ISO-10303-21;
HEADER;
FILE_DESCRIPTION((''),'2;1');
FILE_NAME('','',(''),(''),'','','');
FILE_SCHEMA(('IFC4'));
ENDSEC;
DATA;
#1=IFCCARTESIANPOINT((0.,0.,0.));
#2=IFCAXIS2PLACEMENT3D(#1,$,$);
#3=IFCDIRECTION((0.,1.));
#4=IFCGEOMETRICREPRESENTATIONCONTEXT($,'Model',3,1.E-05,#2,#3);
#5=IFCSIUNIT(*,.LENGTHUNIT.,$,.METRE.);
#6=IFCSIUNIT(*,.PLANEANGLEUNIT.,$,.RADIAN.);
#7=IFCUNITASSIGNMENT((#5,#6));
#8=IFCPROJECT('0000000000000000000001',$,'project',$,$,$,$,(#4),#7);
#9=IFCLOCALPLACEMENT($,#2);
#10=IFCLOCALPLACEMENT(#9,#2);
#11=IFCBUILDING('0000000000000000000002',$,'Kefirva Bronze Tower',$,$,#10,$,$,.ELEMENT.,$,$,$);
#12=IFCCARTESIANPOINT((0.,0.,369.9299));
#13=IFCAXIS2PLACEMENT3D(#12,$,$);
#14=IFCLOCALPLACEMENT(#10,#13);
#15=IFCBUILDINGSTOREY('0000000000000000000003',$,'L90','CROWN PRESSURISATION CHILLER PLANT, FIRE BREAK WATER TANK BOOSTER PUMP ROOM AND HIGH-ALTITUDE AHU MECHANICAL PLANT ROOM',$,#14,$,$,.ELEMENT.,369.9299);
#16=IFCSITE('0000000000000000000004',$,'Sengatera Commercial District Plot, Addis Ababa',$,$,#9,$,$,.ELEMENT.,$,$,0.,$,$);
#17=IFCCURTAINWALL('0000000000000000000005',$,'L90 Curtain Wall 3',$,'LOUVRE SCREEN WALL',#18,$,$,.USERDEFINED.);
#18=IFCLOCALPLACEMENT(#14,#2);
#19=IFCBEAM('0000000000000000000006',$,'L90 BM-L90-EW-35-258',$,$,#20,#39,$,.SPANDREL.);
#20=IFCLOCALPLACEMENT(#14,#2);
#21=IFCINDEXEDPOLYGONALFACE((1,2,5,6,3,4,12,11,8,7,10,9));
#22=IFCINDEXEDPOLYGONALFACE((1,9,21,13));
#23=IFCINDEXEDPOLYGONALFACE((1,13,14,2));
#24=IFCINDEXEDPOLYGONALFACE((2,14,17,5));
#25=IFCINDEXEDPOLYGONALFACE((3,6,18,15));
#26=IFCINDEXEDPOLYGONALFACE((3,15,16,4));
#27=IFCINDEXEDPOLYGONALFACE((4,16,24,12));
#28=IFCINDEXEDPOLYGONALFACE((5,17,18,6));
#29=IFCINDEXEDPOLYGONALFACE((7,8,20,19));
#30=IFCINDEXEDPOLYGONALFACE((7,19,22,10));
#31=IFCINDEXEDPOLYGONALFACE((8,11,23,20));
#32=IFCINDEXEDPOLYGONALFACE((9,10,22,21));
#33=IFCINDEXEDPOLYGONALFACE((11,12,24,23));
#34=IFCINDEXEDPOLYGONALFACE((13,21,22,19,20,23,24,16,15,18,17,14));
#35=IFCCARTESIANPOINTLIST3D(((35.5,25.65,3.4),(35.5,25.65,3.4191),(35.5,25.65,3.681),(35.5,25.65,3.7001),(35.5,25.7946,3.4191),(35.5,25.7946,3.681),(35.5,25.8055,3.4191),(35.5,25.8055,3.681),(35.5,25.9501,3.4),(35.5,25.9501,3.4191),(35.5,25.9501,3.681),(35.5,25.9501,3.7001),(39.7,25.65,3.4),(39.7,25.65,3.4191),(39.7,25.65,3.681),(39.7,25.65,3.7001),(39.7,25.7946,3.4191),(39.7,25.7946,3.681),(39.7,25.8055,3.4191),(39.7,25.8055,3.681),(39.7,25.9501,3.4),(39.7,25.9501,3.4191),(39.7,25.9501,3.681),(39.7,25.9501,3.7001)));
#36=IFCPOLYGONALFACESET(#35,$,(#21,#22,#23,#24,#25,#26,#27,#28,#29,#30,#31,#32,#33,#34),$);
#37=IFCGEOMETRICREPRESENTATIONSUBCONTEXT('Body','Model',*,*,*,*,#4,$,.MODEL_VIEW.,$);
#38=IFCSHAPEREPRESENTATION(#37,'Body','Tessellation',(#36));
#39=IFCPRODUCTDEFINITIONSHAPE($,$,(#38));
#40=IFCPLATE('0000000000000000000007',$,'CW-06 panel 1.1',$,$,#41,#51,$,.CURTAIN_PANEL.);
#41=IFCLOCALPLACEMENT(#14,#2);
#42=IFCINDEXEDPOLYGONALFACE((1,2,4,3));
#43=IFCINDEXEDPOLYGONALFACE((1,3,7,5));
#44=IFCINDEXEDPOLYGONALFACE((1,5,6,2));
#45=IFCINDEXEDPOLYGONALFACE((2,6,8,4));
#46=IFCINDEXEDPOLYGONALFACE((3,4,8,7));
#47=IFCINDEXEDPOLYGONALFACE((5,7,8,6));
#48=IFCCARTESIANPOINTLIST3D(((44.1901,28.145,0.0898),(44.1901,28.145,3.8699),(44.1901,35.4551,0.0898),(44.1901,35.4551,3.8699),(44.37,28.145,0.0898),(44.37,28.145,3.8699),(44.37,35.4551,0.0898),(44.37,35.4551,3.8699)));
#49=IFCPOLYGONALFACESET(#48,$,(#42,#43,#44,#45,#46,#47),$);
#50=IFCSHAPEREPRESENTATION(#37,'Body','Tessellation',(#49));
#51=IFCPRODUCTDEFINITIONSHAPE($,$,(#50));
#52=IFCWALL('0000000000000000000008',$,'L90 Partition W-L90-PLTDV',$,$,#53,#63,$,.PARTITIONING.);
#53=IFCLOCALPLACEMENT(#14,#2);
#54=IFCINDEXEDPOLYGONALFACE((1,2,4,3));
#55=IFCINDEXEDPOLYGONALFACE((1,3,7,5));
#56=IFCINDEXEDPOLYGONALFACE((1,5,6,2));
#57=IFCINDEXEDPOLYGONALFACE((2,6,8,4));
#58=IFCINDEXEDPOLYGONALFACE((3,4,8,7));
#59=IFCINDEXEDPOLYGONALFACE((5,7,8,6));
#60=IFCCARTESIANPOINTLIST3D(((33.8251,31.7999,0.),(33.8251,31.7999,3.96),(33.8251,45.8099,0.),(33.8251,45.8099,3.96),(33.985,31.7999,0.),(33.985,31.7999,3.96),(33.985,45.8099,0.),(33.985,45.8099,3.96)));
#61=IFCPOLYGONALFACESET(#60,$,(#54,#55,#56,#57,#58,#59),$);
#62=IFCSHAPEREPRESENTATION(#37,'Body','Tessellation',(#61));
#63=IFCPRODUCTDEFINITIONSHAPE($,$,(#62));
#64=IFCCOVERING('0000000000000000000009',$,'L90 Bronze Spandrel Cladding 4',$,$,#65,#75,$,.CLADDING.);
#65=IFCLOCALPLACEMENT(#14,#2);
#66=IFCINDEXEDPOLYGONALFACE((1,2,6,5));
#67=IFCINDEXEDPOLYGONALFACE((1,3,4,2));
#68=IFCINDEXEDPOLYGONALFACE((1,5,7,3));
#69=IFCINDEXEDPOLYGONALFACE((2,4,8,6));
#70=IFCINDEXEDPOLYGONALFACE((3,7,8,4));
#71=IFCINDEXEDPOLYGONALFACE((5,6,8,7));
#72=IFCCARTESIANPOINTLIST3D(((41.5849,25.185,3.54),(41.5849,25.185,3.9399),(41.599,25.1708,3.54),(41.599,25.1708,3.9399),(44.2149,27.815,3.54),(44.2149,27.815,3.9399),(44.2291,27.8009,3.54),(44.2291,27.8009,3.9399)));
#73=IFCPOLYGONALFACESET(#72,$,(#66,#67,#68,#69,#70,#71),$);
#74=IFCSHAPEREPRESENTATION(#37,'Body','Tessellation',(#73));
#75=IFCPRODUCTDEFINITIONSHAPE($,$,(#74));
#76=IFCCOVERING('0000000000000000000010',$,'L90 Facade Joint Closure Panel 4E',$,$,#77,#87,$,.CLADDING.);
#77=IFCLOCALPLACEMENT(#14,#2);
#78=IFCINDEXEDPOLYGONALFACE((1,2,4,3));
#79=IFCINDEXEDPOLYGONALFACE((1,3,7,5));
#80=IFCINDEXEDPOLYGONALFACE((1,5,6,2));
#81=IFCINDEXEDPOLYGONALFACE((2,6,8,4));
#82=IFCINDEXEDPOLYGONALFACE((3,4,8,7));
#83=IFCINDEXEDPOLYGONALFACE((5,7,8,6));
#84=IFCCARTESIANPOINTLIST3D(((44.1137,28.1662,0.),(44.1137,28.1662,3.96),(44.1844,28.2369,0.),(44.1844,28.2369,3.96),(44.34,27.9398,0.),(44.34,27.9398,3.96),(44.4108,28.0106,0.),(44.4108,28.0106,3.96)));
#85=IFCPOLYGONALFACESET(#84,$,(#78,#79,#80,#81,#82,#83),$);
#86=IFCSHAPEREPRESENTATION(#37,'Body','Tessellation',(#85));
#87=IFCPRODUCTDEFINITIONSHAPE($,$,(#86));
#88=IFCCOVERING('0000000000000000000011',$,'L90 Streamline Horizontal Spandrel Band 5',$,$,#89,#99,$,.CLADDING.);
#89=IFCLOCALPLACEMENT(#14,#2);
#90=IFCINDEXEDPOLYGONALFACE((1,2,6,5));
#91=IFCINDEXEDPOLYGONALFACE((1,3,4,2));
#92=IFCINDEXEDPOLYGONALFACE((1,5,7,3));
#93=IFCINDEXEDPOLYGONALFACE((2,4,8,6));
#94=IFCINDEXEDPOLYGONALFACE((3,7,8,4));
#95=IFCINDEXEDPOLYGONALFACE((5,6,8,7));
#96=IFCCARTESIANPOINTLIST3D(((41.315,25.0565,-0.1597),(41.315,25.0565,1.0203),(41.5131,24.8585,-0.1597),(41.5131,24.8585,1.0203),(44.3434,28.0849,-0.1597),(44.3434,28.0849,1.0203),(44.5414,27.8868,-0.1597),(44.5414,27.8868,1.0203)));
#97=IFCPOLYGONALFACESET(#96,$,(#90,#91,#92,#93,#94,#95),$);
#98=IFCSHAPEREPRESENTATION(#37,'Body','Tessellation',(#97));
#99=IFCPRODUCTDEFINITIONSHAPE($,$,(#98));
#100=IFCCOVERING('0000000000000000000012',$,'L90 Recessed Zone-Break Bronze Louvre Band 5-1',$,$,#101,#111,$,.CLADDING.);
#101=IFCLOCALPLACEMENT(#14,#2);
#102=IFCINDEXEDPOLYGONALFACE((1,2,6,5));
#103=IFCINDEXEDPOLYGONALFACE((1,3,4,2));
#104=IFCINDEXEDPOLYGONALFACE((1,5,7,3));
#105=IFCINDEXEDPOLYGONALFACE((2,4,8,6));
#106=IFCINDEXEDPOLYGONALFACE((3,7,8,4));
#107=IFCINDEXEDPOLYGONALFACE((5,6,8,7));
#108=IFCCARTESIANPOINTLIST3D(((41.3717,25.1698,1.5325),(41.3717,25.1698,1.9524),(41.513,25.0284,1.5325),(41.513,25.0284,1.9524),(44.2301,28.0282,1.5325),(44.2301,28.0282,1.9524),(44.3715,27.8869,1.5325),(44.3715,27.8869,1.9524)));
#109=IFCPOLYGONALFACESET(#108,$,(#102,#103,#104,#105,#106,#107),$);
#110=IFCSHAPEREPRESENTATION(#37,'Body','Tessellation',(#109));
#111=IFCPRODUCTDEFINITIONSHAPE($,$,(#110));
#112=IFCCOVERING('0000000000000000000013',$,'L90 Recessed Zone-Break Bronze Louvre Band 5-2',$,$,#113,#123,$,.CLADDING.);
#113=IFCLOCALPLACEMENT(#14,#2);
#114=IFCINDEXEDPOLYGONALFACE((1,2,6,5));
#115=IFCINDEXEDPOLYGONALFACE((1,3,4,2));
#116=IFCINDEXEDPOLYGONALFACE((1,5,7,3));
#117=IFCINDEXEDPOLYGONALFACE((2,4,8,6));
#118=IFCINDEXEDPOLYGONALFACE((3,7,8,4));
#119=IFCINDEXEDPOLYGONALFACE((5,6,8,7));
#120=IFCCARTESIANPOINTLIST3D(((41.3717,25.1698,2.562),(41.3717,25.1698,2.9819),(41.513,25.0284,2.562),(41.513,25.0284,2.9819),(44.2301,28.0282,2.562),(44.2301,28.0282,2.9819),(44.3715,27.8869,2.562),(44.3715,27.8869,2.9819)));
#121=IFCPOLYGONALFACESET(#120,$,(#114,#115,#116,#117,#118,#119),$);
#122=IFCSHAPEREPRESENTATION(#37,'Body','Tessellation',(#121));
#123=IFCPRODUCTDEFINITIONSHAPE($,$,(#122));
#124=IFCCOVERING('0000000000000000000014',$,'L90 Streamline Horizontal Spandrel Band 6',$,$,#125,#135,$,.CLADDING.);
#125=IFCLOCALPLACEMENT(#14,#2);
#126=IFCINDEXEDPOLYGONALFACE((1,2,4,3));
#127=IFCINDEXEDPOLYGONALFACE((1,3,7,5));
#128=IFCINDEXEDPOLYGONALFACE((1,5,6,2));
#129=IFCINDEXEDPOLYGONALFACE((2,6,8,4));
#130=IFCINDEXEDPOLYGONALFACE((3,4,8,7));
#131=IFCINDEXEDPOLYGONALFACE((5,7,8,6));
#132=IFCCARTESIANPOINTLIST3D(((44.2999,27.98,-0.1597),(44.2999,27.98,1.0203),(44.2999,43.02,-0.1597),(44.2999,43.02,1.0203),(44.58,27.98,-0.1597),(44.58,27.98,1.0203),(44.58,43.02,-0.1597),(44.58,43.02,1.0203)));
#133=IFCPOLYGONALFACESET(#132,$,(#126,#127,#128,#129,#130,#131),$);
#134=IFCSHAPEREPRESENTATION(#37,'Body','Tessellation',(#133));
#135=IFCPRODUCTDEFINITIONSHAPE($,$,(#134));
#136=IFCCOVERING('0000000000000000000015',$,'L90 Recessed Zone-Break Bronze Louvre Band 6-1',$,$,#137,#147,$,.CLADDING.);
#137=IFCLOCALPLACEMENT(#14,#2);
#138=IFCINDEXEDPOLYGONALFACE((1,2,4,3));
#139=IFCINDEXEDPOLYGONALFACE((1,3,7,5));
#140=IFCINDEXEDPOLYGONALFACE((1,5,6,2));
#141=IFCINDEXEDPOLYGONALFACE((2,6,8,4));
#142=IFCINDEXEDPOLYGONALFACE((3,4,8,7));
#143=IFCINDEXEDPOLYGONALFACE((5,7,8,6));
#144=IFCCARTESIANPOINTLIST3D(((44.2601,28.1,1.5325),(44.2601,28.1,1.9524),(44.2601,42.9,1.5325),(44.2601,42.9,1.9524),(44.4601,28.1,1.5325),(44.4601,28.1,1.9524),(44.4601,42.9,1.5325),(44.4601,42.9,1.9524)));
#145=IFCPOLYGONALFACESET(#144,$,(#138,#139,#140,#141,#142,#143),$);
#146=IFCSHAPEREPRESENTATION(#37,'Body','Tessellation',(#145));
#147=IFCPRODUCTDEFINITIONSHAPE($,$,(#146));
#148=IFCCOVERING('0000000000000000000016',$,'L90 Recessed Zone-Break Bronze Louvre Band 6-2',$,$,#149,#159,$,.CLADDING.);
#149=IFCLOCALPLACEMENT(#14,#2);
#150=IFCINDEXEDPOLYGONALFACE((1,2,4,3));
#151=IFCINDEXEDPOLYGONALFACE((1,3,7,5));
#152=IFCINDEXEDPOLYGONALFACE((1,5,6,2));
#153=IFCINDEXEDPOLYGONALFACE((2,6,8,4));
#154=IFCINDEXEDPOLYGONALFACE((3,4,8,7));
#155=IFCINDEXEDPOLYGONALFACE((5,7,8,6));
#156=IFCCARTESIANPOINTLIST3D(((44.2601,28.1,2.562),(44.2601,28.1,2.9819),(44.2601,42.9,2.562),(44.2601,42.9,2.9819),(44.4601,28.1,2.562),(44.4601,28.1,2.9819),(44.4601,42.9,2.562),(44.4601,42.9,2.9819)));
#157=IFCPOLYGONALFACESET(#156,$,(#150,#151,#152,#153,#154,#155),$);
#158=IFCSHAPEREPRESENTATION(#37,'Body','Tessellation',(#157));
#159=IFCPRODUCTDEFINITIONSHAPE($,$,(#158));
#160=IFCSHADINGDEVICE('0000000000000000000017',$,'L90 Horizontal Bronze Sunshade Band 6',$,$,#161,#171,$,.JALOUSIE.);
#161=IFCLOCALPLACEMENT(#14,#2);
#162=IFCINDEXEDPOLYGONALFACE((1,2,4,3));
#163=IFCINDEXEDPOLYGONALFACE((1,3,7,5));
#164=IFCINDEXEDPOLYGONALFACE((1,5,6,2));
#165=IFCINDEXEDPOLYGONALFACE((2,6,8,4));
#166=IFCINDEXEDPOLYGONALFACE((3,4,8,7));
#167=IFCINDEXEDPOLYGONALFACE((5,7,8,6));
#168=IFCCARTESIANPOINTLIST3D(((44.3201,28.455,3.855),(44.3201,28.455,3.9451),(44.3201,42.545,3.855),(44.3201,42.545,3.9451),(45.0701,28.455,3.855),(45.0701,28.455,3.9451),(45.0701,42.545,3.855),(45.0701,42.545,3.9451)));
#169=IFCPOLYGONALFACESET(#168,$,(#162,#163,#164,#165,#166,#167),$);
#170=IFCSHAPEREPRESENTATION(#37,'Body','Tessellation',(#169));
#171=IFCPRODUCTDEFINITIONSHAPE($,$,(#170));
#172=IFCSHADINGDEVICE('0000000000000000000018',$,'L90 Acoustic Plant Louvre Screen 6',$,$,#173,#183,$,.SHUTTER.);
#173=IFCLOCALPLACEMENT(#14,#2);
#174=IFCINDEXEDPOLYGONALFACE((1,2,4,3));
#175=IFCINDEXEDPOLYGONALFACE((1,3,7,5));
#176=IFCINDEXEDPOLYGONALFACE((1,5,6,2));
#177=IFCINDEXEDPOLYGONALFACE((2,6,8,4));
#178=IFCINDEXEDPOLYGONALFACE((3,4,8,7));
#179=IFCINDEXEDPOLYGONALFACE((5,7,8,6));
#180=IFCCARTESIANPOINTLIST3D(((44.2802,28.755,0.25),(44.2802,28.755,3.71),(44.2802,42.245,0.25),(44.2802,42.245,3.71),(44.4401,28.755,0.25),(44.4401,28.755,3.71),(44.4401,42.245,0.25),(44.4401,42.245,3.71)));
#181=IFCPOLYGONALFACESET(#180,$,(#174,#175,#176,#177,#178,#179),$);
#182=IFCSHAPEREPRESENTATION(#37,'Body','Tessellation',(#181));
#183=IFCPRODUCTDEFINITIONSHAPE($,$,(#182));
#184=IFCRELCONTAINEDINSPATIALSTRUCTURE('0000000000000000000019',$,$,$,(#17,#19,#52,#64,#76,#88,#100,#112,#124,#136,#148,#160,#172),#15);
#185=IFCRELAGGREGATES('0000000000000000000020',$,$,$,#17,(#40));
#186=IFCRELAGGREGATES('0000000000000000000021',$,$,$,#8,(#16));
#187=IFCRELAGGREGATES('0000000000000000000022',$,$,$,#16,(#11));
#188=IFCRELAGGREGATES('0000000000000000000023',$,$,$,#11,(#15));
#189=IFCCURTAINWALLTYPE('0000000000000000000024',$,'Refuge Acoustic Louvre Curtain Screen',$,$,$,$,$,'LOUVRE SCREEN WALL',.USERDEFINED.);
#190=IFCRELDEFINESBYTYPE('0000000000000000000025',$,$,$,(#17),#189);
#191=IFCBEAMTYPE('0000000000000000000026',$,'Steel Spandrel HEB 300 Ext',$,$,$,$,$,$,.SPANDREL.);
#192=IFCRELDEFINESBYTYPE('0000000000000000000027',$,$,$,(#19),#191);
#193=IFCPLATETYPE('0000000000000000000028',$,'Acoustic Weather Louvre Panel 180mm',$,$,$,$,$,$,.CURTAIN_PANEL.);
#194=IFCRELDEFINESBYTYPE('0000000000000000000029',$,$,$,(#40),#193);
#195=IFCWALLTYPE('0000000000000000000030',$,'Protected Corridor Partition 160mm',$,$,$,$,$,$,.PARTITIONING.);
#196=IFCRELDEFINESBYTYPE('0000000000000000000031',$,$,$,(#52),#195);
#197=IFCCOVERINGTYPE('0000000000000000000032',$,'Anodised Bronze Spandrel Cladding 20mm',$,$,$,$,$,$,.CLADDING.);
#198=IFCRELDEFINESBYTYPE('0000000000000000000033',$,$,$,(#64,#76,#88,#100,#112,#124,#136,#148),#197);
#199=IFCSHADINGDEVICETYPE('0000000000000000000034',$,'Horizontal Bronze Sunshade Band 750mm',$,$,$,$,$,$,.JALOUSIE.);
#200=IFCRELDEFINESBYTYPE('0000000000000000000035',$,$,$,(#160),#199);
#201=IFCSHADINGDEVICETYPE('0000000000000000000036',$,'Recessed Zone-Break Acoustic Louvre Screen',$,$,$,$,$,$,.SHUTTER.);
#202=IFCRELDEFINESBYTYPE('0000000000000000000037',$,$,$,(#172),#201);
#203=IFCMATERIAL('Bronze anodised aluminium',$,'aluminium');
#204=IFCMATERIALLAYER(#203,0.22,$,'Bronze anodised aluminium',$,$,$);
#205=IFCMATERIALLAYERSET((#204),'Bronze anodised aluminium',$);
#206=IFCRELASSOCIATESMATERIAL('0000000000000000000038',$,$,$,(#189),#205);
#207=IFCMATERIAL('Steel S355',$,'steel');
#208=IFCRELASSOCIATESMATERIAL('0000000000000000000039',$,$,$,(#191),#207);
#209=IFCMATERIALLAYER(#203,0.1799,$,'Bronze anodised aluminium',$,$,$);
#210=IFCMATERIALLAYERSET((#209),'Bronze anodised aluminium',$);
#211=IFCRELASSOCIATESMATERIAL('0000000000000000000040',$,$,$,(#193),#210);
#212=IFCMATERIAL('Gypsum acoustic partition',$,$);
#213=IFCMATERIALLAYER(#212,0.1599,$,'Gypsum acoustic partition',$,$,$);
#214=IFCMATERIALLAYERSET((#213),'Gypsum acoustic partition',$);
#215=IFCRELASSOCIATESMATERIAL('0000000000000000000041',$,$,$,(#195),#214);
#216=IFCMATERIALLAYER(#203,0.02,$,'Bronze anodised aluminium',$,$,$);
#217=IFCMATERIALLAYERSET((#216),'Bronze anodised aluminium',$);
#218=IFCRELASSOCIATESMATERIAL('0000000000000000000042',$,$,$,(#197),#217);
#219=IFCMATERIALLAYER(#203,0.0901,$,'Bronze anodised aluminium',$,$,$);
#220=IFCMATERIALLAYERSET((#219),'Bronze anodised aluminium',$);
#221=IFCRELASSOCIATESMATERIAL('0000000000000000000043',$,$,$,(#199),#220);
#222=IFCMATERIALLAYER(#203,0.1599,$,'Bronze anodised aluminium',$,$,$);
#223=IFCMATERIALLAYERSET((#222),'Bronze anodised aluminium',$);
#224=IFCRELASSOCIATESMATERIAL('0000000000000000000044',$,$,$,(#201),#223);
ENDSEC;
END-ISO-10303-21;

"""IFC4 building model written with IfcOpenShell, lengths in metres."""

from ifc_helpers import new_model, si_unit, direction, frame, frame_2d, origin, origin_2d, place, context, subcontext, project, spatial, rectangle, i_section, extrude, material, layer, layer_set, material_profile, profile_set, type_object, element, aggregate, save


model = new_model("IFC4")

# Units and contexts
model_context = context("Model", 3, precision=1e-05, world=origin(), true_north=direction((0.0, 1.0)))
body_context = subcontext(model_context, "Body", "Model", "MODEL_VIEW")
ifc_project = project(units=[si_unit("LENGTHUNIT", "METRE"), si_unit("PLANEANGLEUNIT", "RADIAN")], contexts=[model_context])

# Site, building, storey
site_placement = place(None, origin())
site = spatial("IfcSite", under=ifc_project, at=site_placement, Name="Sengatera Commercial District Plot, Addis Ababa", CompositionType="ELEMENT", RefElevation=0.0)
building_placement = place(site_placement, origin())
building = spatial("IfcBuilding", under=site, at=building_placement, Name="Kefirva Bronze Tower", CompositionType="ELEMENT")
storey_placement = place(building_placement, frame((0.0, 0.0, 369.9299)))
storey = spatial("IfcBuildingStorey", under=building, at=storey_placement, Name="L90", Description="CROWN PRESSURISATION CHILLER PLANT, FIRE BREAK WATER TANK BOOSTER PUMP ROOM AND HIGH-ALTITUDE AHU MECHANICAL PLANT ROOM", CompositionType="ELEMENT", Elevation=369.9299)

# Curtain wall
ifc_material_1 = material(Name="Bronze anodised aluminium", Category="aluminium")
ifc_layer_1 = layer(ifc_material_1, 0.22, Name="Bronze anodised aluminium")
ifc_layer_set_1 = layer_set([ifc_layer_1], Name="Bronze anodised aluminium")
curtain_wall_type = type_object("IfcCurtainWallType", Name="Refuge Acoustic Louvre Curtain Screen", ElementType="LOUVRE SCREEN WALL", PredefinedType="USERDEFINED", material=ifc_layer_set_1)
curtain_wall_placement = place(storey_placement, origin())
curtain_wall = element("IfcCurtainWall", 1, at=curtain_wall_placement, inside=storey, type_object=curtain_wall_type, Name="L90 Curtain Wall 3", ObjectType="LOUVRE SCREEN WALL", PredefinedType="USERDEFINED")

# Beam
ifc_material_2 = material(Name="Steel S355", Category="steel")
ifc_material_profile_1 = material_profile(ifc_material_2, i_section(OverallWidth=0.3, OverallDepth=0.3, WebThickness=0.011, FlangeThickness=0.019, at=origin_2d()), Name="HEB 300")
ifc_profile_set_1 = profile_set([ifc_material_profile_1], Name="Steel S355")
beam_type_1 = type_object("IfcBeamType", Name="Steel Spandrel HEB 300 Ext", PredefinedType="SPANDREL", material=ifc_profile_set_1)
beam_1_placement = place(storey_placement, frame((35.5, 25.8, 3.55), z_axis=(1.0, 0.0, 0.0), x_axis=(0.0, 1.0, 0.0)))
element("IfcBeam", 2, at=beam_1_placement, inside=storey, type_object=beam_type_1, Name="L90 BM-L90-EW-35-258", PredefinedType="SPANDREL", context=body_context, shape_type="SweptSolid", body=[
    extrude(i_section(OverallWidth=0.3, OverallDepth=0.3, WebThickness=0.011, FlangeThickness=0.019, at=origin_2d()), origin(), (0.0, 0.0, 1.0), 4.2),
])

# Plate
ifc_layer_2 = layer(ifc_material_1, 0.1799, Name="Bronze anodised aluminium")
ifc_layer_set_2 = layer_set([ifc_layer_2], Name="Bronze anodised aluminium")
plate_type = type_object("IfcPlateType", Name="Acoustic Weather Louvre Panel 180mm", PredefinedType="CURTAIN_PANEL", material=ifc_layer_set_2)
plate_placement = place(storey_placement, frame((44.28, 31.8, 0.0898), z_axis=(0.0, 0.0, 1.0), x_axis=(0.0, 1.0, 0.0)))
plate = element("IfcPlate", 3, at=plate_placement, type_object=plate_type, Name="CW-06 panel 1.1", PredefinedType="CURTAIN_PANEL", context=body_context, shape_type="SweptSolid", body=[
    extrude(rectangle(XDim=7.3101, YDim=0.1799, at=origin_2d()), origin(), (0.0, 0.0, 1.0), 3.78),
])
aggregate(curtain_wall, [plate])

# Wall
ifc_material_3 = material(Name="Gypsum acoustic partition")
ifc_layer_3 = layer(ifc_material_3, 0.1599, Name="Gypsum acoustic partition")
ifc_layer_set_3 = layer_set([ifc_layer_3], Name="Gypsum acoustic partition")
wall_type = type_object("IfcWallType", Name="Protected Corridor Partition 160mm", PredefinedType="PARTITIONING", material=ifc_layer_set_3)
wall_placement = place(storey_placement, frame((33.905, 31.8, 0.0), z_axis=(0.0, 0.0, 1.0), x_axis=(0.0, 1.0, 0.0)))
element("IfcWall", 4, at=wall_placement, inside=storey, type_object=wall_type, Name="L90 Partition W-L90-PLTDV", PredefinedType="PARTITIONING", context=body_context, shape_type="SweptSolid", body=[
    extrude(rectangle(XDim=14.01, YDim=0.1599, at=frame_2d((7.0049, 0.0))), origin(), (0.0, 0.0, 1.0), 3.96),
])

# Coverings
ifc_layer_4 = layer(ifc_material_1, 0.02, Name="Bronze anodised aluminium")
ifc_layer_set_4 = layer_set([ifc_layer_4], Name="Bronze anodised aluminium")
covering_type_1 = type_object("IfcCoveringType", Name="Anodised Bronze Spandrel Cladding 20mm", PredefinedType="CLADDING", material=ifc_layer_set_4)
covering_1_placement = place(storey_placement, frame((42.907, 26.4929, 3.54), z_axis=(0.0, 0.0, 1.0), x_axis=(0.707107, 0.707107, 0.0)))
element("IfcCovering", 5, at=covering_1_placement, inside=storey, type_object=covering_type_1, Name="L90 Bronze Spandrel Cladding 4", PredefinedType="CLADDING", context=body_context, shape_type="SweptSolid", body=[
    extrude(rectangle(XDim=3.7195, YDim=0.02, at=origin_2d()), origin(), (0.0, 0.0, 1.0), 0.3999),
])
covering_2_placement = place(storey_placement, frame((44.2622, 28.0884, 0.0), z_axis=(0.0, 0.0, 1.0), x_axis=(0.707107, 0.707107, 0.0)))
element("IfcCovering", 6, at=covering_2_placement, inside=storey, type_object=covering_type_1, Name="L90 Facade Joint Closure Panel 4E", PredefinedType="CLADDING", context=body_context, shape_type="SweptSolid", body=[
    extrude(rectangle(XDim=0.1001, YDim=0.3201, at=origin_2d()), origin(), (0.0, 0.0, 1.0), 3.96),
])
covering_3_placement = place(storey_placement, frame((42.9282, 26.4717, -0.1597), z_axis=(0.0, 0.0, 1.0), x_axis=(0.707107, 0.707107, 0.0)))
element("IfcCovering", 7, at=covering_3_placement, inside=storey, type_object=covering_type_1, Name="L90 Streamline Horizontal Spandrel Band 5", PredefinedType="CLADDING", context=body_context, shape_type="SweptSolid", body=[
    extrude(rectangle(XDim=4.2827, YDim=0.28, at=origin_2d()), origin(), (0.0, 0.0, 1.0), 1.1799),
])
for number, where, z_axis, x_axis, name in (
    (8, (42.8716, 26.5283, 1.5325), (0.0, 0.0, 1.0), (0.707107, 0.707107, 0.0), "L90 Recessed Zone-Break Bronze Louvre Band 5-1"),
    (9, (42.8716, 26.5283, 2.562), (0.0, 0.0, 1.0), (0.707107, 0.707107, 0.0), "L90 Recessed Zone-Break Bronze Louvre Band 5-2"),
):
    element("IfcCovering", number, at=place(storey_placement, frame(where, z_axis=z_axis, x_axis=x_axis)), inside=storey, type_object=covering_type_1, Name=name, PredefinedType="CLADDING", context=body_context, shape_type="SweptSolid", body=[
        extrude(rectangle(XDim=4.0425, YDim=0.2, at=origin_2d()), origin(), (0.0, 0.0, 1.0), 0.4199),
    ])
covering_4_placement = place(storey_placement, frame((44.4399, 35.5, -0.1597), z_axis=(0.0, 0.0, 1.0), x_axis=(0.0, 1.0, 0.0)))
element("IfcCovering", 10, at=covering_4_placement, inside=storey, type_object=covering_type_1, Name="L90 Streamline Horizontal Spandrel Band 6", PredefinedType="CLADDING", context=body_context, shape_type="SweptSolid", body=[
    extrude(rectangle(XDim=15.04, YDim=0.28, at=origin_2d()), origin(), (0.0, 0.0, 1.0), 1.1799),
])
for number, where, z_axis, x_axis, name in (
    (11, (44.3601, 35.5, 1.5325), (0.0, 0.0, 1.0), (0.0, 1.0, 0.0), "L90 Recessed Zone-Break Bronze Louvre Band 6-1"),
    (12, (44.3601, 35.5, 2.562), (0.0, 0.0, 1.0), (0.0, 1.0, 0.0), "L90 Recessed Zone-Break Bronze Louvre Band 6-2"),
):
    element("IfcCovering", number, at=place(storey_placement, frame(where, z_axis=z_axis, x_axis=x_axis)), inside=storey, type_object=covering_type_1, Name=name, PredefinedType="CLADDING", context=body_context, shape_type="SweptSolid", body=[
        extrude(rectangle(XDim=14.8, YDim=0.2, at=origin_2d()), origin(), (0.0, 0.0, 1.0), 0.4199),
    ])

# Shading devices
ifc_layer_5 = layer(ifc_material_1, 0.0901, Name="Bronze anodised aluminium")
ifc_layer_set_5 = layer_set([ifc_layer_5], Name="Bronze anodised aluminium")
shading_device_type_1 = type_object("IfcShadingDeviceType", Name="Horizontal Bronze Sunshade Band 750mm", PredefinedType="JALOUSIE", material=ifc_layer_set_5)
shading_device_1_placement = place(storey_placement, frame((44.6951, 35.5, 3.855), z_axis=(0.0, 0.0, 1.0), x_axis=(0.0, 1.0, 0.0)))
element("IfcShadingDevice", 13, at=shading_device_1_placement, inside=storey, type_object=shading_device_type_1, Name="L90 Horizontal Bronze Sunshade Band 6", PredefinedType="JALOUSIE", context=body_context, shape_type="SweptSolid", body=[
    extrude(rectangle(XDim=14.0901, YDim=0.75, at=origin_2d()), origin(), (0.0, 0.0, 1.0), 0.0901),
])
ifc_layer_6 = layer(ifc_material_1, 0.1599, Name="Bronze anodised aluminium")
ifc_layer_set_6 = layer_set([ifc_layer_6], Name="Bronze anodised aluminium")
shading_device_type_2 = type_object("IfcShadingDeviceType", Name="Recessed Zone-Break Acoustic Louvre Screen", PredefinedType="SHUTTER", material=ifc_layer_set_6)
shading_device_2_placement = place(storey_placement, frame((44.3601, 35.5, 0.25), z_axis=(0.0, 0.0, 1.0), x_axis=(0.0, 1.0, 0.0)))
element("IfcShadingDevice", 14, at=shading_device_2_placement, inside=storey, type_object=shading_device_type_2, Name="L90 Acoustic Plant Louvre Screen 6", PredefinedType="SHUTTER", context=body_context, shape_type="SweptSolid", body=[
    extrude(rectangle(XDim=13.49, YDim=0.1599, at=origin_2d()), origin(), (0.0, 0.0, 1.0), 3.46),
])

save(model, "model.ifc")
